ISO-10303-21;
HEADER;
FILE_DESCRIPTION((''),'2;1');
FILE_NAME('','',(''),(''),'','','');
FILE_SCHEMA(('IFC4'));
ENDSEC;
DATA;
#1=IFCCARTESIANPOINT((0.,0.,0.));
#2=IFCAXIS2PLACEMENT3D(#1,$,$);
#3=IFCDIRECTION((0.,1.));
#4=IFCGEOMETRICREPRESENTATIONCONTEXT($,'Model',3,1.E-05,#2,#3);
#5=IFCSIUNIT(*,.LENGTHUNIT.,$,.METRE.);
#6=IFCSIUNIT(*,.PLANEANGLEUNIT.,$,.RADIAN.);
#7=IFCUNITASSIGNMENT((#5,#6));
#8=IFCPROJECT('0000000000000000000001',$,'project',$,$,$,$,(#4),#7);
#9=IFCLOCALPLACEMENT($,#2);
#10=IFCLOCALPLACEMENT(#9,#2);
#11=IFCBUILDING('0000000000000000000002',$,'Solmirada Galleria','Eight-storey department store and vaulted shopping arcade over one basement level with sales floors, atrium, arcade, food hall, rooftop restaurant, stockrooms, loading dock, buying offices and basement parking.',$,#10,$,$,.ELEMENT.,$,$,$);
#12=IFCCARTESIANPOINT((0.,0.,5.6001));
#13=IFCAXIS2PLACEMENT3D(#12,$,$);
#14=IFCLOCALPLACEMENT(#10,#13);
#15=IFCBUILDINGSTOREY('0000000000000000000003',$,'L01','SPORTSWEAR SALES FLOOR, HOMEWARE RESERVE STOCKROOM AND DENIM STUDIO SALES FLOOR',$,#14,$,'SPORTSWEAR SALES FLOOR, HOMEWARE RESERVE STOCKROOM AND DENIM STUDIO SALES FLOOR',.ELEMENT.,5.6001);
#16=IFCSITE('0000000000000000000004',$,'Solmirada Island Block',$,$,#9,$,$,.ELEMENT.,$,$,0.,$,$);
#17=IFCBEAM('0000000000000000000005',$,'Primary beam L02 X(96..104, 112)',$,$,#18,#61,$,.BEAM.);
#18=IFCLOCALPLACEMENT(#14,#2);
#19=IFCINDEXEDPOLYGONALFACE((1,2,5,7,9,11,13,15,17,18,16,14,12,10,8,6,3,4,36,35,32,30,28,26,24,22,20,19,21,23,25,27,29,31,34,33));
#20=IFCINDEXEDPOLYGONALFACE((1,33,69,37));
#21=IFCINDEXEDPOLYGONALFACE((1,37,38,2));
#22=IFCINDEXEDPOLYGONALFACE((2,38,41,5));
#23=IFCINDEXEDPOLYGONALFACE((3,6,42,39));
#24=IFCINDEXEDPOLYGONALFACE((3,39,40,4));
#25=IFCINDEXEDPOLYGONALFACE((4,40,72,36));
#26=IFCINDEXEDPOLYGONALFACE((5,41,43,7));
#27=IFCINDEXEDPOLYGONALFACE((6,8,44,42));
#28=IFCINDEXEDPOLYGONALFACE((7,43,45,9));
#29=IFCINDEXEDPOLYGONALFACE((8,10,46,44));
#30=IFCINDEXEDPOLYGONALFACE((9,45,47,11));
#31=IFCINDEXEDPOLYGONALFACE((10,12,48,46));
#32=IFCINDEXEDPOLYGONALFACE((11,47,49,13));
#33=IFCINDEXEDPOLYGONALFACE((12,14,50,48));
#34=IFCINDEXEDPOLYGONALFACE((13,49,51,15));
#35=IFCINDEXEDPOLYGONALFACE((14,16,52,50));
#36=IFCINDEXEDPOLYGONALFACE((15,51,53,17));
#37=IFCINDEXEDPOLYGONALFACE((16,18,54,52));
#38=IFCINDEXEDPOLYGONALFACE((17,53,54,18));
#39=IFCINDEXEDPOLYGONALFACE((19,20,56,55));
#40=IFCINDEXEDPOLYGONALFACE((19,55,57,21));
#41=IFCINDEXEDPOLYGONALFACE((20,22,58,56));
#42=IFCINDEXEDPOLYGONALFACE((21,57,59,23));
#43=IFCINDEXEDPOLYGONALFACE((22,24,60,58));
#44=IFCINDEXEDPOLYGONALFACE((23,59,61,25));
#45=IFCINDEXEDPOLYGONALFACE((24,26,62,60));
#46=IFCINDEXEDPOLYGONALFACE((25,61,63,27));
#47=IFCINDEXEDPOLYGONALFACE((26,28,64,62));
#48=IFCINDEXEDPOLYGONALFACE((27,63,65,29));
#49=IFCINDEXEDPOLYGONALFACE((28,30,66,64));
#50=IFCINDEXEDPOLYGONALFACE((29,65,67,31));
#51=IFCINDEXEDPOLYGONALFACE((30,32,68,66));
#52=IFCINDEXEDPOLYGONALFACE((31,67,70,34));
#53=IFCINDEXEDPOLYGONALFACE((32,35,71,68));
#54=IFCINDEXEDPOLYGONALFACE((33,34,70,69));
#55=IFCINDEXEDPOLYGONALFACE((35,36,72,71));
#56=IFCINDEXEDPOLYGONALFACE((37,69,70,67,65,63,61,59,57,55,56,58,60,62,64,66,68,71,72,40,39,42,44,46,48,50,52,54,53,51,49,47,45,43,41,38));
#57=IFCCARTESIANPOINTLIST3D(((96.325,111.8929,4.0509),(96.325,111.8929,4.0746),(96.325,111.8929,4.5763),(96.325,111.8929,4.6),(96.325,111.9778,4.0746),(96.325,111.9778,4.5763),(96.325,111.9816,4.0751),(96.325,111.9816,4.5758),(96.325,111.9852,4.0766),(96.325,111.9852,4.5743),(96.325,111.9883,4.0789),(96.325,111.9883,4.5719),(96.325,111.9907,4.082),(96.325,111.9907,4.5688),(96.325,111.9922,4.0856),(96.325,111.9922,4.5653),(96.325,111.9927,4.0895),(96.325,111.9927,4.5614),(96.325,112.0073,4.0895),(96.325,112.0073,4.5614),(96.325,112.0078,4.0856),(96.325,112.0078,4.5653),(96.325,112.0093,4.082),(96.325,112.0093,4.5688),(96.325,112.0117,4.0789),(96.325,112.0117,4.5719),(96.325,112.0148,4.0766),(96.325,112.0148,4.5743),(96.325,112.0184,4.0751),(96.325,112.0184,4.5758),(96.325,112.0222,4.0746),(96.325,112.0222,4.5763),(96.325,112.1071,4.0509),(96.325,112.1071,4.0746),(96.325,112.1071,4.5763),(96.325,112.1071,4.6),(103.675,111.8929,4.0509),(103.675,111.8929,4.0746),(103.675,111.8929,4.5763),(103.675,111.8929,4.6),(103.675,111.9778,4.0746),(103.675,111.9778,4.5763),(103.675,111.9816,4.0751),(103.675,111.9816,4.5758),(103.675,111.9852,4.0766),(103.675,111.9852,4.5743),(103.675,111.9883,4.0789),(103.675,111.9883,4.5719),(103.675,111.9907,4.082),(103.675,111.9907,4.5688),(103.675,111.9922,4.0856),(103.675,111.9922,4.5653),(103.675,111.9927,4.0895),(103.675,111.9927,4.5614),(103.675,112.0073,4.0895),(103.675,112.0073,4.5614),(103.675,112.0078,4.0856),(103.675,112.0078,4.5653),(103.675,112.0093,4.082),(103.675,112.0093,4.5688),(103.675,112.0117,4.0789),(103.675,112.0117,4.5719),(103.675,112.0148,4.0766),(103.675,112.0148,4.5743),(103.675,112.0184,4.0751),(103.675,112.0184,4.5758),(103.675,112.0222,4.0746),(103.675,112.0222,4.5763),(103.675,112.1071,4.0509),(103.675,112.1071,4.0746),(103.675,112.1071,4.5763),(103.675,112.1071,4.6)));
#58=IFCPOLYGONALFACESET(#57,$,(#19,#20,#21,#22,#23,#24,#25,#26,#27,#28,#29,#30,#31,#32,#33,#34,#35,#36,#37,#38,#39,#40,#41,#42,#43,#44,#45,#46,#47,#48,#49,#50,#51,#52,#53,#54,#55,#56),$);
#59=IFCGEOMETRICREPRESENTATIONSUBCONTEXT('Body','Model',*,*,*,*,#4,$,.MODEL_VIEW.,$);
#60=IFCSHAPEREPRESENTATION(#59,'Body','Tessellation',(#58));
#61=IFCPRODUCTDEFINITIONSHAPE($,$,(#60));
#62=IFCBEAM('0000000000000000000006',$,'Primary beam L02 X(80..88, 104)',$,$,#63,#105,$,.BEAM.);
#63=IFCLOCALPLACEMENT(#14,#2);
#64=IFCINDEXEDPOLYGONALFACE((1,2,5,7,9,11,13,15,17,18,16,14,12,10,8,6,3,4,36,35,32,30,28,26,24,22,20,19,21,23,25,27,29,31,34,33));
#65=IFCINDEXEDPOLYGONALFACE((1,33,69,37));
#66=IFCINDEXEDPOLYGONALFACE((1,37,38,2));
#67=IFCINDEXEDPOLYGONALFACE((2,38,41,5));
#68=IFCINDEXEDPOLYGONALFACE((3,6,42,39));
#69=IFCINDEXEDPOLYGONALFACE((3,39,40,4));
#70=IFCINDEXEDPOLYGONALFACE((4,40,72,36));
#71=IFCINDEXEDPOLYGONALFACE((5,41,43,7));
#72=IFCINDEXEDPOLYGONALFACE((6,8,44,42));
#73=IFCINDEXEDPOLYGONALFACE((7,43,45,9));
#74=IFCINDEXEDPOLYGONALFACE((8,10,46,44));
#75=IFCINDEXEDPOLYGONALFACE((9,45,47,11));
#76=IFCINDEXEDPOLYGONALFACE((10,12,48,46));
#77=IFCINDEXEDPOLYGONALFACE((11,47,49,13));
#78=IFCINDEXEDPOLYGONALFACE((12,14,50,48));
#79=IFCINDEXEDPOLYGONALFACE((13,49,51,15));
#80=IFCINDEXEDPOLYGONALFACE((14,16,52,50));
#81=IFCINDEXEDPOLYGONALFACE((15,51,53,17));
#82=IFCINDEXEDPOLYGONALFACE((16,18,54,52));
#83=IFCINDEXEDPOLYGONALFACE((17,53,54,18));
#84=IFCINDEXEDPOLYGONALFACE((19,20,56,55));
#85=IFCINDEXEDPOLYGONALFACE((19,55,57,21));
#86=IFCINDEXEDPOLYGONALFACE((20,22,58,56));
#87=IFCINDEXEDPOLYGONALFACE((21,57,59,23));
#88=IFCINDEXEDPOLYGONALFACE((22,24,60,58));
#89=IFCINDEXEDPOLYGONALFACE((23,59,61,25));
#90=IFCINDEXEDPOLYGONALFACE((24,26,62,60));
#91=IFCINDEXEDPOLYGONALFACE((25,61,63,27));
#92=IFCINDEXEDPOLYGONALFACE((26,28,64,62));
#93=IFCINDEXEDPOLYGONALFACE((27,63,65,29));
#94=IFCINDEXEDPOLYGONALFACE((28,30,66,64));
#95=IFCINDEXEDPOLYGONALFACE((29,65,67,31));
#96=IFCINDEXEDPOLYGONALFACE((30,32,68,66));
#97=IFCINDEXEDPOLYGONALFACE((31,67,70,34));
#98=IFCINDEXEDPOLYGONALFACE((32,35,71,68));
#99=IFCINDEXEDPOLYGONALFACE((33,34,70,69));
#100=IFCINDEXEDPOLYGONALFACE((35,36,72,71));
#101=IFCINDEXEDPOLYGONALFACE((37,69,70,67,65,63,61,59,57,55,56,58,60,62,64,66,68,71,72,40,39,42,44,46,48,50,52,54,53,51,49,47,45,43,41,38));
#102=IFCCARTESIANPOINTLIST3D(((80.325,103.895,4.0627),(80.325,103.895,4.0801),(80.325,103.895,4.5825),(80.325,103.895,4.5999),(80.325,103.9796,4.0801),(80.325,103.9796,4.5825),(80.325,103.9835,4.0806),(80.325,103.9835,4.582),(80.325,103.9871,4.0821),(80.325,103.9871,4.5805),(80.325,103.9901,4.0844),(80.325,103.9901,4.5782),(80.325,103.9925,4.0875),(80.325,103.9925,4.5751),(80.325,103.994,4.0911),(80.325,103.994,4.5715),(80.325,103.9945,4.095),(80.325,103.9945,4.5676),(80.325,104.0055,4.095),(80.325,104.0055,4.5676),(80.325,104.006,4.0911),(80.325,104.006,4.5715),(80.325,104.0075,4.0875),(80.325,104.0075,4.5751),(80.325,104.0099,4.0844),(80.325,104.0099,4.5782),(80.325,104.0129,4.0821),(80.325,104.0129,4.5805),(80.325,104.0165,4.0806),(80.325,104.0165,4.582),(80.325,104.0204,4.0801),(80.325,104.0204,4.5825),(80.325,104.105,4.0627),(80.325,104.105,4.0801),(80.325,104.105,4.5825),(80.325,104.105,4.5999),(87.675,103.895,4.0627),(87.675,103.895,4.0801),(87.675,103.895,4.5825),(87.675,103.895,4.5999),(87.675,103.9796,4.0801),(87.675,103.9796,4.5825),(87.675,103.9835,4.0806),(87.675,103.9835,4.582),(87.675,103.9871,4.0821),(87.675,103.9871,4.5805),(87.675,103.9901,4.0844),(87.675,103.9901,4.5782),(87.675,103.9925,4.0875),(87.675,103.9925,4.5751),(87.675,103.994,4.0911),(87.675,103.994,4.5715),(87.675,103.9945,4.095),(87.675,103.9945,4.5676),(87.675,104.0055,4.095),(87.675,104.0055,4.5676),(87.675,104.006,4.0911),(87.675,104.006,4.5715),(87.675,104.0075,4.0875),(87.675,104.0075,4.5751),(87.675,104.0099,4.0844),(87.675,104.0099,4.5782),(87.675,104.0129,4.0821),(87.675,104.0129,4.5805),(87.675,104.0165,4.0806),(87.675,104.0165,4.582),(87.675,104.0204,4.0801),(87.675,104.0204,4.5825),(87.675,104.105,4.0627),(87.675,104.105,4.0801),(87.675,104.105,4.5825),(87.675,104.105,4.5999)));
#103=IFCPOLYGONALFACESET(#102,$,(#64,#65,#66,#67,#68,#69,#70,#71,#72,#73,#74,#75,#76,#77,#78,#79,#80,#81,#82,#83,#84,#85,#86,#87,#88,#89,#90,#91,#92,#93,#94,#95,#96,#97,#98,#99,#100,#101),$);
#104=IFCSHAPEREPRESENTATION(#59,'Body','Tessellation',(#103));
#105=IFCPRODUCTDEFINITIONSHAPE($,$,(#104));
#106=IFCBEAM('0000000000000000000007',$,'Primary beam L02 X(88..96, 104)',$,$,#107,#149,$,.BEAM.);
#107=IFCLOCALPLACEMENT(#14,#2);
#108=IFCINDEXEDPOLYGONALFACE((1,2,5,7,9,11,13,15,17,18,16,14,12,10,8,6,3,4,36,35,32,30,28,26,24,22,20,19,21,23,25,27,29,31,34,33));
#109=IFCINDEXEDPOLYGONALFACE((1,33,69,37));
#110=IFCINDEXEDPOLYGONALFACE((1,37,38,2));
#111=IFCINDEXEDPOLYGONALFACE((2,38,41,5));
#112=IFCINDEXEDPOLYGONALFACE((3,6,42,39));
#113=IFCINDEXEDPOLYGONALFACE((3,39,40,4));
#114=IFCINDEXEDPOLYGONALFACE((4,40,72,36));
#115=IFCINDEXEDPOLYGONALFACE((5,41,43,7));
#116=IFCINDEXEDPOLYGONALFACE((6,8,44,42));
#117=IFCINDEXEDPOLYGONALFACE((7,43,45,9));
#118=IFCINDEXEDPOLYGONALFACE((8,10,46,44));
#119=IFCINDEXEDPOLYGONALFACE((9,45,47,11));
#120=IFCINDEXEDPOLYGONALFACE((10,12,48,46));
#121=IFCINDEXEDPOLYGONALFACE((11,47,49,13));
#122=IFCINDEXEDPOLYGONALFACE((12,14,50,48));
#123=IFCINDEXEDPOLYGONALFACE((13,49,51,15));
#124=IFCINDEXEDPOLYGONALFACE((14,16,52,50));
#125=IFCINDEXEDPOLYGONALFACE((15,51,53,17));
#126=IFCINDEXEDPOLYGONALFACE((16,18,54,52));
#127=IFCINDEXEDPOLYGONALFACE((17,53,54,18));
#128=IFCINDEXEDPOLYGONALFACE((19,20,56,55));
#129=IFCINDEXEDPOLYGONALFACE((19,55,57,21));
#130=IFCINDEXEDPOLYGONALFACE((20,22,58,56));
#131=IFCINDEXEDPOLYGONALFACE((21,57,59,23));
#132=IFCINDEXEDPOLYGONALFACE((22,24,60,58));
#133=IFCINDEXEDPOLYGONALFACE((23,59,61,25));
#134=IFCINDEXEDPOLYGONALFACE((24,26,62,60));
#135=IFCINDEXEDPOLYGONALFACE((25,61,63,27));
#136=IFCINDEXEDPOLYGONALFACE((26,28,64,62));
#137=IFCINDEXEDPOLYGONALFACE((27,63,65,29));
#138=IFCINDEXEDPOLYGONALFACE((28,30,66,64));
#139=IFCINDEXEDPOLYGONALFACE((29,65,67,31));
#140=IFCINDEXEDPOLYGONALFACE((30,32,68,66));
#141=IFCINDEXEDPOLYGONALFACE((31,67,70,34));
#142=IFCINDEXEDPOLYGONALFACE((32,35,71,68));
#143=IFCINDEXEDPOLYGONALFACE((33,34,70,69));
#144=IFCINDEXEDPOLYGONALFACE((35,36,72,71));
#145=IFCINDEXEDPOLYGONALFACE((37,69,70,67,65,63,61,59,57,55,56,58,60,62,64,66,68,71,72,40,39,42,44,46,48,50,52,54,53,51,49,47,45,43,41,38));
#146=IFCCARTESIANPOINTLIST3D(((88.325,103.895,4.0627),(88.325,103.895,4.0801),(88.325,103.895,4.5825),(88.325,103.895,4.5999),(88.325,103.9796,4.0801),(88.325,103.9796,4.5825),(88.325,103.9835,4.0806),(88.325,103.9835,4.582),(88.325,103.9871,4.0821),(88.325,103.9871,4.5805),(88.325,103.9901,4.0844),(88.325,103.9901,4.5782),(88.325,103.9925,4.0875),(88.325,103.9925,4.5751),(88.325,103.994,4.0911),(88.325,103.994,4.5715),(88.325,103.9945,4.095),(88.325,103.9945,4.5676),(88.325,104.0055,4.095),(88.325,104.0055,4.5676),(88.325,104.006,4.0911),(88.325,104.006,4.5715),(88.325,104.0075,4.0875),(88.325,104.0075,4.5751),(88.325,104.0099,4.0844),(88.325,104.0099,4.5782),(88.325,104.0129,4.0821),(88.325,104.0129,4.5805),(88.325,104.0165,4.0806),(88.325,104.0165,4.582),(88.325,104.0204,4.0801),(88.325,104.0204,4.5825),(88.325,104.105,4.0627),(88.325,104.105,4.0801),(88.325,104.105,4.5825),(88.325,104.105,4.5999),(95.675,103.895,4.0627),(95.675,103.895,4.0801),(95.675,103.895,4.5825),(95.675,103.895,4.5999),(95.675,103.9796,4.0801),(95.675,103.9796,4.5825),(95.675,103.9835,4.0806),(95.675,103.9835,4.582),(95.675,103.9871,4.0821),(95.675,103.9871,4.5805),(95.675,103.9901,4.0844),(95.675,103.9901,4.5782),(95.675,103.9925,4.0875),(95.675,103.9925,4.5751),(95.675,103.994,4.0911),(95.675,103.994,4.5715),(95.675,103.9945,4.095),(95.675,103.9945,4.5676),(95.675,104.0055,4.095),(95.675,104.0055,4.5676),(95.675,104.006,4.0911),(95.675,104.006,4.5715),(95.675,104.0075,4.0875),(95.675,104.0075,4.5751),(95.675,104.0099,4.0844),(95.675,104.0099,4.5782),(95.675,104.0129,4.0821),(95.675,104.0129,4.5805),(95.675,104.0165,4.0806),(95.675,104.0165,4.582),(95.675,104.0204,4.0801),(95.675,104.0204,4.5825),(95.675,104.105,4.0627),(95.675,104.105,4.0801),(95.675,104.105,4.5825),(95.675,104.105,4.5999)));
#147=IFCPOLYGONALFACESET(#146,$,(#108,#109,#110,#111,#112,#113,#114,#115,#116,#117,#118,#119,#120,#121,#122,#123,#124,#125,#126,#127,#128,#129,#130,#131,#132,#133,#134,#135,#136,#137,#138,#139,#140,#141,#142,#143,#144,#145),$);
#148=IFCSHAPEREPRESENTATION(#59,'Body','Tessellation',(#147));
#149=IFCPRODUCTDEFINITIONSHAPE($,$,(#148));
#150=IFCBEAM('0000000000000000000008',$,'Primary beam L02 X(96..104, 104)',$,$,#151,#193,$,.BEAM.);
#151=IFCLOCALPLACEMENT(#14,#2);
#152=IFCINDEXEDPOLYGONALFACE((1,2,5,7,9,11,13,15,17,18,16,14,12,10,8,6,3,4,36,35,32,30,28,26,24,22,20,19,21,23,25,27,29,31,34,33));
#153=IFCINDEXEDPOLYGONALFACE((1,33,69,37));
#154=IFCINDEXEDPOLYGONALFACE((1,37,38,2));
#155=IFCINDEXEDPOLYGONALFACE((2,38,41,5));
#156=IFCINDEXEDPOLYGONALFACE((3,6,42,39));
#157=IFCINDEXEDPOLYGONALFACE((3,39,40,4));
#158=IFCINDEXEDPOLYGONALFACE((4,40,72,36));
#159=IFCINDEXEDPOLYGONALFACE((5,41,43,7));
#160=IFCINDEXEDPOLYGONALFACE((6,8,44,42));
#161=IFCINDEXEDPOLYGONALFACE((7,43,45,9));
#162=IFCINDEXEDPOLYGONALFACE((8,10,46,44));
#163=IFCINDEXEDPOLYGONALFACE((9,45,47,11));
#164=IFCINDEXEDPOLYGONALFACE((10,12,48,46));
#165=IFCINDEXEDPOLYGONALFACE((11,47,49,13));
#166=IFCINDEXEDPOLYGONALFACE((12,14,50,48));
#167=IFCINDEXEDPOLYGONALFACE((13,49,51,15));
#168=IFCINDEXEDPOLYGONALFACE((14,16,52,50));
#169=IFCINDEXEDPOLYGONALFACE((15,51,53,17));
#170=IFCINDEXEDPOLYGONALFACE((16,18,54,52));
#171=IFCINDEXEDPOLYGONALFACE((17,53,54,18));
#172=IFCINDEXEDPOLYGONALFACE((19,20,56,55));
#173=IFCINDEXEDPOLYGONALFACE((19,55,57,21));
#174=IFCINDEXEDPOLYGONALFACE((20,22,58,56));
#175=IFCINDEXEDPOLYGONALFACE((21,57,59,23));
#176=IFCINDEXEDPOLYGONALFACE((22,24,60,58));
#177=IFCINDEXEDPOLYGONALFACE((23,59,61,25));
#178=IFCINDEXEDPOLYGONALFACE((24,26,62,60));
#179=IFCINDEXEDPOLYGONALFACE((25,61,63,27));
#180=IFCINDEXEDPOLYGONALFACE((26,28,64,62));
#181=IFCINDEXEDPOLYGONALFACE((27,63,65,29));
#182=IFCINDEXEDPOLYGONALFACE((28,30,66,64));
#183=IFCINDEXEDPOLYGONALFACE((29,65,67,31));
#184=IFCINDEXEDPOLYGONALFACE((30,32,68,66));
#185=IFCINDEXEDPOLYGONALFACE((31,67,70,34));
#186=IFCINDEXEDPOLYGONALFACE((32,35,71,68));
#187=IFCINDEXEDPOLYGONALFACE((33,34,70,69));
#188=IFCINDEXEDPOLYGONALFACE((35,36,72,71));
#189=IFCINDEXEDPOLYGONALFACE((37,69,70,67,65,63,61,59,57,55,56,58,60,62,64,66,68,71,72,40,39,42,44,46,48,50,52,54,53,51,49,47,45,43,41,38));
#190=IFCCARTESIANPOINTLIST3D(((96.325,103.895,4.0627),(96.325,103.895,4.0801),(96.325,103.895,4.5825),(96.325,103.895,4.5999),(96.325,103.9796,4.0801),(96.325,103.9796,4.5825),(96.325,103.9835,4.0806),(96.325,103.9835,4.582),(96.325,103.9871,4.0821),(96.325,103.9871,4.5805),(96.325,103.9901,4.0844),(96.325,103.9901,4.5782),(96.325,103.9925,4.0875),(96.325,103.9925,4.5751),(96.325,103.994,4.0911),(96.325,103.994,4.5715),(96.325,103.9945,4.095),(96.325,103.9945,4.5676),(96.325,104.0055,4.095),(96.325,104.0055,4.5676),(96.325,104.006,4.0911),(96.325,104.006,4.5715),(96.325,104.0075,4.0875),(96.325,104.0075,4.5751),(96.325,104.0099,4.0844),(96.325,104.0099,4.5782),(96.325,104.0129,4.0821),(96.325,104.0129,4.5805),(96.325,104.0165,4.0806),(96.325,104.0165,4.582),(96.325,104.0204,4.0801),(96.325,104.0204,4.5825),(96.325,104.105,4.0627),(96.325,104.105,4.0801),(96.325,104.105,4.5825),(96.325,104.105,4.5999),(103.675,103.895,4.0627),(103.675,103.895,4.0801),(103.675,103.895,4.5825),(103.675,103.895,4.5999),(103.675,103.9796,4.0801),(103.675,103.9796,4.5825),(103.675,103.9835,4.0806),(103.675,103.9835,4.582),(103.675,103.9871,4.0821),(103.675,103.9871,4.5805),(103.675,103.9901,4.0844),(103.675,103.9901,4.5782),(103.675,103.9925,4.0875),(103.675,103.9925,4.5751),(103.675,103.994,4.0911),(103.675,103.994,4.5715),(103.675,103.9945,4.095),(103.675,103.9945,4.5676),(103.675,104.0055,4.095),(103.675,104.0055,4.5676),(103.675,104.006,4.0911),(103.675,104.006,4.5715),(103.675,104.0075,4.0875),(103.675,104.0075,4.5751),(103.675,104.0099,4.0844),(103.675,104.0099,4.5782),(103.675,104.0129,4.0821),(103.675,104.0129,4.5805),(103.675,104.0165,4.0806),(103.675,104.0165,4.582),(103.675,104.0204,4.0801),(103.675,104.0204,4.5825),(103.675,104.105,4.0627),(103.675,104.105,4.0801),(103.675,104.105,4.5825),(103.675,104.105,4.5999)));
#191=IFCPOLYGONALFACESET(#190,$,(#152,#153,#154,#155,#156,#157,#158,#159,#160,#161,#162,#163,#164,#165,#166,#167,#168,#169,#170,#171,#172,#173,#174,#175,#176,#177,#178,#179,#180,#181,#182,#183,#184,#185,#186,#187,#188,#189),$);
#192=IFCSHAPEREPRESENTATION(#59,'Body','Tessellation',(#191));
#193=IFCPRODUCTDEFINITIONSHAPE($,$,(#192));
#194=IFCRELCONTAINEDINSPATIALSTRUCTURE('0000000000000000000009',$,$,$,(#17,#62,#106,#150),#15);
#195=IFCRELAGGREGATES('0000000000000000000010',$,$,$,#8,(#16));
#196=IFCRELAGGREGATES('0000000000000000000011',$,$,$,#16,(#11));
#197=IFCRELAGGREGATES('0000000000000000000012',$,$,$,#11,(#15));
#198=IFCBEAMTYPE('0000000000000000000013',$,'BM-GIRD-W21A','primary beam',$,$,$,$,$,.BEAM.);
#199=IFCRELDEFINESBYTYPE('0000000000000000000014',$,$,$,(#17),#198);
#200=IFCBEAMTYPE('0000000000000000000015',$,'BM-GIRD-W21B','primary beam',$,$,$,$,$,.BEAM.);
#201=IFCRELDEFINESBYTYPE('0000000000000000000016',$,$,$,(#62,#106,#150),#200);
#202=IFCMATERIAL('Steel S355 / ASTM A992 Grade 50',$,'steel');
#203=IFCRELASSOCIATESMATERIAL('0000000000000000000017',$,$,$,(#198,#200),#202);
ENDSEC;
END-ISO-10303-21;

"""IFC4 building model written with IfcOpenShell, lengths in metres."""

from ifc_helpers import new_model, si_unit, direction, frame, origin, origin_2d, place, context, subcontext, project, spatial, i_section, extrude, material, material_profile, profile_set, type_object, element, save


model = new_model("IFC4")

# Units and contexts
model_context = context("Model", 3, precision=1e-05, world=origin(), true_north=direction((0.0, 1.0)))
body_context = subcontext(model_context, "Body", "Model", "MODEL_VIEW")
ifc_project = project(units=[si_unit("LENGTHUNIT", "METRE"), si_unit("PLANEANGLEUNIT", "RADIAN")], contexts=[model_context])

# Site, building, storey
site_placement = place(None, origin())
site = spatial("IfcSite", under=ifc_project, at=site_placement, Name="Solmirada Island Block", CompositionType="ELEMENT", RefElevation=0.0)
building_placement = place(site_placement, origin())
building = spatial("IfcBuilding", under=site, at=building_placement, Name="Solmirada Galleria", Description="Eight-storey department store and vaulted shopping arcade over one basement level with sales floors, atrium, arcade, food hall, rooftop restaurant, stockrooms, loading dock, buying offices and basement parking.", CompositionType="ELEMENT")
storey_placement = place(building_placement, frame((0.0, 0.0, 5.6001)))
storey = spatial("IfcBuildingStorey", under=building, at=storey_placement, Name="L01", Description="SPORTSWEAR SALES FLOOR, HOMEWARE RESERVE STOCKROOM AND DENIM STUDIO SALES FLOOR", LongName="SPORTSWEAR SALES FLOOR, HOMEWARE RESERVE STOCKROOM AND DENIM STUDIO SALES FLOOR", CompositionType="ELEMENT", Elevation=5.6001)

# Beams
ifc_material_1 = material(Name="Steel S355 / ASTM A992 Grade 50", Category="steel")
ifc_material_profile_1 = material_profile(ifc_material_1, i_section(OverallWidth=0.2141, OverallDepth=0.5491, WebThickness=0.0146, FlangeThickness=0.0237, FilletRadius=0.0149, at=origin_2d()), Name="W21X93")
ifc_profile_set_1 = profile_set([ifc_material_profile_1], Name="Steel S355 / ASTM A992 Grade 50")
beam_type_1 = type_object("IfcBeamType", Name="BM-GIRD-W21A", Description="primary beam", PredefinedType="BEAM", material=ifc_profile_set_1)
for number, where, z_axis, x_axis, name in (
    (1, (96.325, 112.0, 4.3254), (1.0, 0.0, 0.0), (0.0, 1.0, 0.0), "Primary beam L02 X(96..104, 112)"),
):
    element("IfcBeam", number, at=place(storey_placement, frame(where, z_axis=z_axis, x_axis=x_axis)), inside=storey, type_object=beam_type_1, Name=name, PredefinedType="BEAM", context=body_context, shape_type="SweptSolid", body=[
        extrude(i_section(OverallWidth=0.2141, OverallDepth=0.5491, WebThickness=0.0146, FlangeThickness=0.0237, FilletRadius=0.0149, at=origin_2d()), origin(), (0.0, 0.0, 1.0), 7.3501),
    ])
ifc_material_profile_2 = material_profile(ifc_material_1, i_section(OverallWidth=0.21, OverallDepth=0.5371, WebThickness=0.011, FlangeThickness=0.0173, FilletRadius=0.0149, at=origin_2d()), Name="W21X68")
ifc_profile_set_2 = profile_set([ifc_material_profile_2], Name="Steel S355 / ASTM A992 Grade 50")
beam_type_2 = type_object("IfcBeamType", Name="BM-GIRD-W21B", Description="primary beam", PredefinedType="BEAM", material=ifc_profile_set_2)
for number, where, z_axis, x_axis, name in (
    (2, (80.325, 104.0, 4.3313), (1.0, 0.0, 0.0), (0.0, 1.0, 0.0), "Primary beam L02 X(80..88, 104)"),
    (3, (88.325, 104.0, 4.3313), (1.0, 0.0, 0.0), (0.0, 1.0, 0.0), "Primary beam L02 X(88..96, 104)"),
    (4, (96.325, 104.0, 4.3313), (1.0, 0.0, 0.0), (0.0, 1.0, 0.0), "Primary beam L02 X(96..104, 104)"),
):
    element("IfcBeam", number, at=place(storey_placement, frame(where, z_axis=z_axis, x_axis=x_axis)), inside=storey, type_object=beam_type_2, Name=name, PredefinedType="BEAM", context=body_context, shape_type="SweptSolid", body=[
        extrude(i_section(OverallWidth=0.21, OverallDepth=0.5371, WebThickness=0.011, FlangeThickness=0.0173, FilletRadius=0.0149, at=origin_2d()), origin(), (0.0, 0.0, 1.0), 7.3501),
    ])

save(model, "model.ifc")
